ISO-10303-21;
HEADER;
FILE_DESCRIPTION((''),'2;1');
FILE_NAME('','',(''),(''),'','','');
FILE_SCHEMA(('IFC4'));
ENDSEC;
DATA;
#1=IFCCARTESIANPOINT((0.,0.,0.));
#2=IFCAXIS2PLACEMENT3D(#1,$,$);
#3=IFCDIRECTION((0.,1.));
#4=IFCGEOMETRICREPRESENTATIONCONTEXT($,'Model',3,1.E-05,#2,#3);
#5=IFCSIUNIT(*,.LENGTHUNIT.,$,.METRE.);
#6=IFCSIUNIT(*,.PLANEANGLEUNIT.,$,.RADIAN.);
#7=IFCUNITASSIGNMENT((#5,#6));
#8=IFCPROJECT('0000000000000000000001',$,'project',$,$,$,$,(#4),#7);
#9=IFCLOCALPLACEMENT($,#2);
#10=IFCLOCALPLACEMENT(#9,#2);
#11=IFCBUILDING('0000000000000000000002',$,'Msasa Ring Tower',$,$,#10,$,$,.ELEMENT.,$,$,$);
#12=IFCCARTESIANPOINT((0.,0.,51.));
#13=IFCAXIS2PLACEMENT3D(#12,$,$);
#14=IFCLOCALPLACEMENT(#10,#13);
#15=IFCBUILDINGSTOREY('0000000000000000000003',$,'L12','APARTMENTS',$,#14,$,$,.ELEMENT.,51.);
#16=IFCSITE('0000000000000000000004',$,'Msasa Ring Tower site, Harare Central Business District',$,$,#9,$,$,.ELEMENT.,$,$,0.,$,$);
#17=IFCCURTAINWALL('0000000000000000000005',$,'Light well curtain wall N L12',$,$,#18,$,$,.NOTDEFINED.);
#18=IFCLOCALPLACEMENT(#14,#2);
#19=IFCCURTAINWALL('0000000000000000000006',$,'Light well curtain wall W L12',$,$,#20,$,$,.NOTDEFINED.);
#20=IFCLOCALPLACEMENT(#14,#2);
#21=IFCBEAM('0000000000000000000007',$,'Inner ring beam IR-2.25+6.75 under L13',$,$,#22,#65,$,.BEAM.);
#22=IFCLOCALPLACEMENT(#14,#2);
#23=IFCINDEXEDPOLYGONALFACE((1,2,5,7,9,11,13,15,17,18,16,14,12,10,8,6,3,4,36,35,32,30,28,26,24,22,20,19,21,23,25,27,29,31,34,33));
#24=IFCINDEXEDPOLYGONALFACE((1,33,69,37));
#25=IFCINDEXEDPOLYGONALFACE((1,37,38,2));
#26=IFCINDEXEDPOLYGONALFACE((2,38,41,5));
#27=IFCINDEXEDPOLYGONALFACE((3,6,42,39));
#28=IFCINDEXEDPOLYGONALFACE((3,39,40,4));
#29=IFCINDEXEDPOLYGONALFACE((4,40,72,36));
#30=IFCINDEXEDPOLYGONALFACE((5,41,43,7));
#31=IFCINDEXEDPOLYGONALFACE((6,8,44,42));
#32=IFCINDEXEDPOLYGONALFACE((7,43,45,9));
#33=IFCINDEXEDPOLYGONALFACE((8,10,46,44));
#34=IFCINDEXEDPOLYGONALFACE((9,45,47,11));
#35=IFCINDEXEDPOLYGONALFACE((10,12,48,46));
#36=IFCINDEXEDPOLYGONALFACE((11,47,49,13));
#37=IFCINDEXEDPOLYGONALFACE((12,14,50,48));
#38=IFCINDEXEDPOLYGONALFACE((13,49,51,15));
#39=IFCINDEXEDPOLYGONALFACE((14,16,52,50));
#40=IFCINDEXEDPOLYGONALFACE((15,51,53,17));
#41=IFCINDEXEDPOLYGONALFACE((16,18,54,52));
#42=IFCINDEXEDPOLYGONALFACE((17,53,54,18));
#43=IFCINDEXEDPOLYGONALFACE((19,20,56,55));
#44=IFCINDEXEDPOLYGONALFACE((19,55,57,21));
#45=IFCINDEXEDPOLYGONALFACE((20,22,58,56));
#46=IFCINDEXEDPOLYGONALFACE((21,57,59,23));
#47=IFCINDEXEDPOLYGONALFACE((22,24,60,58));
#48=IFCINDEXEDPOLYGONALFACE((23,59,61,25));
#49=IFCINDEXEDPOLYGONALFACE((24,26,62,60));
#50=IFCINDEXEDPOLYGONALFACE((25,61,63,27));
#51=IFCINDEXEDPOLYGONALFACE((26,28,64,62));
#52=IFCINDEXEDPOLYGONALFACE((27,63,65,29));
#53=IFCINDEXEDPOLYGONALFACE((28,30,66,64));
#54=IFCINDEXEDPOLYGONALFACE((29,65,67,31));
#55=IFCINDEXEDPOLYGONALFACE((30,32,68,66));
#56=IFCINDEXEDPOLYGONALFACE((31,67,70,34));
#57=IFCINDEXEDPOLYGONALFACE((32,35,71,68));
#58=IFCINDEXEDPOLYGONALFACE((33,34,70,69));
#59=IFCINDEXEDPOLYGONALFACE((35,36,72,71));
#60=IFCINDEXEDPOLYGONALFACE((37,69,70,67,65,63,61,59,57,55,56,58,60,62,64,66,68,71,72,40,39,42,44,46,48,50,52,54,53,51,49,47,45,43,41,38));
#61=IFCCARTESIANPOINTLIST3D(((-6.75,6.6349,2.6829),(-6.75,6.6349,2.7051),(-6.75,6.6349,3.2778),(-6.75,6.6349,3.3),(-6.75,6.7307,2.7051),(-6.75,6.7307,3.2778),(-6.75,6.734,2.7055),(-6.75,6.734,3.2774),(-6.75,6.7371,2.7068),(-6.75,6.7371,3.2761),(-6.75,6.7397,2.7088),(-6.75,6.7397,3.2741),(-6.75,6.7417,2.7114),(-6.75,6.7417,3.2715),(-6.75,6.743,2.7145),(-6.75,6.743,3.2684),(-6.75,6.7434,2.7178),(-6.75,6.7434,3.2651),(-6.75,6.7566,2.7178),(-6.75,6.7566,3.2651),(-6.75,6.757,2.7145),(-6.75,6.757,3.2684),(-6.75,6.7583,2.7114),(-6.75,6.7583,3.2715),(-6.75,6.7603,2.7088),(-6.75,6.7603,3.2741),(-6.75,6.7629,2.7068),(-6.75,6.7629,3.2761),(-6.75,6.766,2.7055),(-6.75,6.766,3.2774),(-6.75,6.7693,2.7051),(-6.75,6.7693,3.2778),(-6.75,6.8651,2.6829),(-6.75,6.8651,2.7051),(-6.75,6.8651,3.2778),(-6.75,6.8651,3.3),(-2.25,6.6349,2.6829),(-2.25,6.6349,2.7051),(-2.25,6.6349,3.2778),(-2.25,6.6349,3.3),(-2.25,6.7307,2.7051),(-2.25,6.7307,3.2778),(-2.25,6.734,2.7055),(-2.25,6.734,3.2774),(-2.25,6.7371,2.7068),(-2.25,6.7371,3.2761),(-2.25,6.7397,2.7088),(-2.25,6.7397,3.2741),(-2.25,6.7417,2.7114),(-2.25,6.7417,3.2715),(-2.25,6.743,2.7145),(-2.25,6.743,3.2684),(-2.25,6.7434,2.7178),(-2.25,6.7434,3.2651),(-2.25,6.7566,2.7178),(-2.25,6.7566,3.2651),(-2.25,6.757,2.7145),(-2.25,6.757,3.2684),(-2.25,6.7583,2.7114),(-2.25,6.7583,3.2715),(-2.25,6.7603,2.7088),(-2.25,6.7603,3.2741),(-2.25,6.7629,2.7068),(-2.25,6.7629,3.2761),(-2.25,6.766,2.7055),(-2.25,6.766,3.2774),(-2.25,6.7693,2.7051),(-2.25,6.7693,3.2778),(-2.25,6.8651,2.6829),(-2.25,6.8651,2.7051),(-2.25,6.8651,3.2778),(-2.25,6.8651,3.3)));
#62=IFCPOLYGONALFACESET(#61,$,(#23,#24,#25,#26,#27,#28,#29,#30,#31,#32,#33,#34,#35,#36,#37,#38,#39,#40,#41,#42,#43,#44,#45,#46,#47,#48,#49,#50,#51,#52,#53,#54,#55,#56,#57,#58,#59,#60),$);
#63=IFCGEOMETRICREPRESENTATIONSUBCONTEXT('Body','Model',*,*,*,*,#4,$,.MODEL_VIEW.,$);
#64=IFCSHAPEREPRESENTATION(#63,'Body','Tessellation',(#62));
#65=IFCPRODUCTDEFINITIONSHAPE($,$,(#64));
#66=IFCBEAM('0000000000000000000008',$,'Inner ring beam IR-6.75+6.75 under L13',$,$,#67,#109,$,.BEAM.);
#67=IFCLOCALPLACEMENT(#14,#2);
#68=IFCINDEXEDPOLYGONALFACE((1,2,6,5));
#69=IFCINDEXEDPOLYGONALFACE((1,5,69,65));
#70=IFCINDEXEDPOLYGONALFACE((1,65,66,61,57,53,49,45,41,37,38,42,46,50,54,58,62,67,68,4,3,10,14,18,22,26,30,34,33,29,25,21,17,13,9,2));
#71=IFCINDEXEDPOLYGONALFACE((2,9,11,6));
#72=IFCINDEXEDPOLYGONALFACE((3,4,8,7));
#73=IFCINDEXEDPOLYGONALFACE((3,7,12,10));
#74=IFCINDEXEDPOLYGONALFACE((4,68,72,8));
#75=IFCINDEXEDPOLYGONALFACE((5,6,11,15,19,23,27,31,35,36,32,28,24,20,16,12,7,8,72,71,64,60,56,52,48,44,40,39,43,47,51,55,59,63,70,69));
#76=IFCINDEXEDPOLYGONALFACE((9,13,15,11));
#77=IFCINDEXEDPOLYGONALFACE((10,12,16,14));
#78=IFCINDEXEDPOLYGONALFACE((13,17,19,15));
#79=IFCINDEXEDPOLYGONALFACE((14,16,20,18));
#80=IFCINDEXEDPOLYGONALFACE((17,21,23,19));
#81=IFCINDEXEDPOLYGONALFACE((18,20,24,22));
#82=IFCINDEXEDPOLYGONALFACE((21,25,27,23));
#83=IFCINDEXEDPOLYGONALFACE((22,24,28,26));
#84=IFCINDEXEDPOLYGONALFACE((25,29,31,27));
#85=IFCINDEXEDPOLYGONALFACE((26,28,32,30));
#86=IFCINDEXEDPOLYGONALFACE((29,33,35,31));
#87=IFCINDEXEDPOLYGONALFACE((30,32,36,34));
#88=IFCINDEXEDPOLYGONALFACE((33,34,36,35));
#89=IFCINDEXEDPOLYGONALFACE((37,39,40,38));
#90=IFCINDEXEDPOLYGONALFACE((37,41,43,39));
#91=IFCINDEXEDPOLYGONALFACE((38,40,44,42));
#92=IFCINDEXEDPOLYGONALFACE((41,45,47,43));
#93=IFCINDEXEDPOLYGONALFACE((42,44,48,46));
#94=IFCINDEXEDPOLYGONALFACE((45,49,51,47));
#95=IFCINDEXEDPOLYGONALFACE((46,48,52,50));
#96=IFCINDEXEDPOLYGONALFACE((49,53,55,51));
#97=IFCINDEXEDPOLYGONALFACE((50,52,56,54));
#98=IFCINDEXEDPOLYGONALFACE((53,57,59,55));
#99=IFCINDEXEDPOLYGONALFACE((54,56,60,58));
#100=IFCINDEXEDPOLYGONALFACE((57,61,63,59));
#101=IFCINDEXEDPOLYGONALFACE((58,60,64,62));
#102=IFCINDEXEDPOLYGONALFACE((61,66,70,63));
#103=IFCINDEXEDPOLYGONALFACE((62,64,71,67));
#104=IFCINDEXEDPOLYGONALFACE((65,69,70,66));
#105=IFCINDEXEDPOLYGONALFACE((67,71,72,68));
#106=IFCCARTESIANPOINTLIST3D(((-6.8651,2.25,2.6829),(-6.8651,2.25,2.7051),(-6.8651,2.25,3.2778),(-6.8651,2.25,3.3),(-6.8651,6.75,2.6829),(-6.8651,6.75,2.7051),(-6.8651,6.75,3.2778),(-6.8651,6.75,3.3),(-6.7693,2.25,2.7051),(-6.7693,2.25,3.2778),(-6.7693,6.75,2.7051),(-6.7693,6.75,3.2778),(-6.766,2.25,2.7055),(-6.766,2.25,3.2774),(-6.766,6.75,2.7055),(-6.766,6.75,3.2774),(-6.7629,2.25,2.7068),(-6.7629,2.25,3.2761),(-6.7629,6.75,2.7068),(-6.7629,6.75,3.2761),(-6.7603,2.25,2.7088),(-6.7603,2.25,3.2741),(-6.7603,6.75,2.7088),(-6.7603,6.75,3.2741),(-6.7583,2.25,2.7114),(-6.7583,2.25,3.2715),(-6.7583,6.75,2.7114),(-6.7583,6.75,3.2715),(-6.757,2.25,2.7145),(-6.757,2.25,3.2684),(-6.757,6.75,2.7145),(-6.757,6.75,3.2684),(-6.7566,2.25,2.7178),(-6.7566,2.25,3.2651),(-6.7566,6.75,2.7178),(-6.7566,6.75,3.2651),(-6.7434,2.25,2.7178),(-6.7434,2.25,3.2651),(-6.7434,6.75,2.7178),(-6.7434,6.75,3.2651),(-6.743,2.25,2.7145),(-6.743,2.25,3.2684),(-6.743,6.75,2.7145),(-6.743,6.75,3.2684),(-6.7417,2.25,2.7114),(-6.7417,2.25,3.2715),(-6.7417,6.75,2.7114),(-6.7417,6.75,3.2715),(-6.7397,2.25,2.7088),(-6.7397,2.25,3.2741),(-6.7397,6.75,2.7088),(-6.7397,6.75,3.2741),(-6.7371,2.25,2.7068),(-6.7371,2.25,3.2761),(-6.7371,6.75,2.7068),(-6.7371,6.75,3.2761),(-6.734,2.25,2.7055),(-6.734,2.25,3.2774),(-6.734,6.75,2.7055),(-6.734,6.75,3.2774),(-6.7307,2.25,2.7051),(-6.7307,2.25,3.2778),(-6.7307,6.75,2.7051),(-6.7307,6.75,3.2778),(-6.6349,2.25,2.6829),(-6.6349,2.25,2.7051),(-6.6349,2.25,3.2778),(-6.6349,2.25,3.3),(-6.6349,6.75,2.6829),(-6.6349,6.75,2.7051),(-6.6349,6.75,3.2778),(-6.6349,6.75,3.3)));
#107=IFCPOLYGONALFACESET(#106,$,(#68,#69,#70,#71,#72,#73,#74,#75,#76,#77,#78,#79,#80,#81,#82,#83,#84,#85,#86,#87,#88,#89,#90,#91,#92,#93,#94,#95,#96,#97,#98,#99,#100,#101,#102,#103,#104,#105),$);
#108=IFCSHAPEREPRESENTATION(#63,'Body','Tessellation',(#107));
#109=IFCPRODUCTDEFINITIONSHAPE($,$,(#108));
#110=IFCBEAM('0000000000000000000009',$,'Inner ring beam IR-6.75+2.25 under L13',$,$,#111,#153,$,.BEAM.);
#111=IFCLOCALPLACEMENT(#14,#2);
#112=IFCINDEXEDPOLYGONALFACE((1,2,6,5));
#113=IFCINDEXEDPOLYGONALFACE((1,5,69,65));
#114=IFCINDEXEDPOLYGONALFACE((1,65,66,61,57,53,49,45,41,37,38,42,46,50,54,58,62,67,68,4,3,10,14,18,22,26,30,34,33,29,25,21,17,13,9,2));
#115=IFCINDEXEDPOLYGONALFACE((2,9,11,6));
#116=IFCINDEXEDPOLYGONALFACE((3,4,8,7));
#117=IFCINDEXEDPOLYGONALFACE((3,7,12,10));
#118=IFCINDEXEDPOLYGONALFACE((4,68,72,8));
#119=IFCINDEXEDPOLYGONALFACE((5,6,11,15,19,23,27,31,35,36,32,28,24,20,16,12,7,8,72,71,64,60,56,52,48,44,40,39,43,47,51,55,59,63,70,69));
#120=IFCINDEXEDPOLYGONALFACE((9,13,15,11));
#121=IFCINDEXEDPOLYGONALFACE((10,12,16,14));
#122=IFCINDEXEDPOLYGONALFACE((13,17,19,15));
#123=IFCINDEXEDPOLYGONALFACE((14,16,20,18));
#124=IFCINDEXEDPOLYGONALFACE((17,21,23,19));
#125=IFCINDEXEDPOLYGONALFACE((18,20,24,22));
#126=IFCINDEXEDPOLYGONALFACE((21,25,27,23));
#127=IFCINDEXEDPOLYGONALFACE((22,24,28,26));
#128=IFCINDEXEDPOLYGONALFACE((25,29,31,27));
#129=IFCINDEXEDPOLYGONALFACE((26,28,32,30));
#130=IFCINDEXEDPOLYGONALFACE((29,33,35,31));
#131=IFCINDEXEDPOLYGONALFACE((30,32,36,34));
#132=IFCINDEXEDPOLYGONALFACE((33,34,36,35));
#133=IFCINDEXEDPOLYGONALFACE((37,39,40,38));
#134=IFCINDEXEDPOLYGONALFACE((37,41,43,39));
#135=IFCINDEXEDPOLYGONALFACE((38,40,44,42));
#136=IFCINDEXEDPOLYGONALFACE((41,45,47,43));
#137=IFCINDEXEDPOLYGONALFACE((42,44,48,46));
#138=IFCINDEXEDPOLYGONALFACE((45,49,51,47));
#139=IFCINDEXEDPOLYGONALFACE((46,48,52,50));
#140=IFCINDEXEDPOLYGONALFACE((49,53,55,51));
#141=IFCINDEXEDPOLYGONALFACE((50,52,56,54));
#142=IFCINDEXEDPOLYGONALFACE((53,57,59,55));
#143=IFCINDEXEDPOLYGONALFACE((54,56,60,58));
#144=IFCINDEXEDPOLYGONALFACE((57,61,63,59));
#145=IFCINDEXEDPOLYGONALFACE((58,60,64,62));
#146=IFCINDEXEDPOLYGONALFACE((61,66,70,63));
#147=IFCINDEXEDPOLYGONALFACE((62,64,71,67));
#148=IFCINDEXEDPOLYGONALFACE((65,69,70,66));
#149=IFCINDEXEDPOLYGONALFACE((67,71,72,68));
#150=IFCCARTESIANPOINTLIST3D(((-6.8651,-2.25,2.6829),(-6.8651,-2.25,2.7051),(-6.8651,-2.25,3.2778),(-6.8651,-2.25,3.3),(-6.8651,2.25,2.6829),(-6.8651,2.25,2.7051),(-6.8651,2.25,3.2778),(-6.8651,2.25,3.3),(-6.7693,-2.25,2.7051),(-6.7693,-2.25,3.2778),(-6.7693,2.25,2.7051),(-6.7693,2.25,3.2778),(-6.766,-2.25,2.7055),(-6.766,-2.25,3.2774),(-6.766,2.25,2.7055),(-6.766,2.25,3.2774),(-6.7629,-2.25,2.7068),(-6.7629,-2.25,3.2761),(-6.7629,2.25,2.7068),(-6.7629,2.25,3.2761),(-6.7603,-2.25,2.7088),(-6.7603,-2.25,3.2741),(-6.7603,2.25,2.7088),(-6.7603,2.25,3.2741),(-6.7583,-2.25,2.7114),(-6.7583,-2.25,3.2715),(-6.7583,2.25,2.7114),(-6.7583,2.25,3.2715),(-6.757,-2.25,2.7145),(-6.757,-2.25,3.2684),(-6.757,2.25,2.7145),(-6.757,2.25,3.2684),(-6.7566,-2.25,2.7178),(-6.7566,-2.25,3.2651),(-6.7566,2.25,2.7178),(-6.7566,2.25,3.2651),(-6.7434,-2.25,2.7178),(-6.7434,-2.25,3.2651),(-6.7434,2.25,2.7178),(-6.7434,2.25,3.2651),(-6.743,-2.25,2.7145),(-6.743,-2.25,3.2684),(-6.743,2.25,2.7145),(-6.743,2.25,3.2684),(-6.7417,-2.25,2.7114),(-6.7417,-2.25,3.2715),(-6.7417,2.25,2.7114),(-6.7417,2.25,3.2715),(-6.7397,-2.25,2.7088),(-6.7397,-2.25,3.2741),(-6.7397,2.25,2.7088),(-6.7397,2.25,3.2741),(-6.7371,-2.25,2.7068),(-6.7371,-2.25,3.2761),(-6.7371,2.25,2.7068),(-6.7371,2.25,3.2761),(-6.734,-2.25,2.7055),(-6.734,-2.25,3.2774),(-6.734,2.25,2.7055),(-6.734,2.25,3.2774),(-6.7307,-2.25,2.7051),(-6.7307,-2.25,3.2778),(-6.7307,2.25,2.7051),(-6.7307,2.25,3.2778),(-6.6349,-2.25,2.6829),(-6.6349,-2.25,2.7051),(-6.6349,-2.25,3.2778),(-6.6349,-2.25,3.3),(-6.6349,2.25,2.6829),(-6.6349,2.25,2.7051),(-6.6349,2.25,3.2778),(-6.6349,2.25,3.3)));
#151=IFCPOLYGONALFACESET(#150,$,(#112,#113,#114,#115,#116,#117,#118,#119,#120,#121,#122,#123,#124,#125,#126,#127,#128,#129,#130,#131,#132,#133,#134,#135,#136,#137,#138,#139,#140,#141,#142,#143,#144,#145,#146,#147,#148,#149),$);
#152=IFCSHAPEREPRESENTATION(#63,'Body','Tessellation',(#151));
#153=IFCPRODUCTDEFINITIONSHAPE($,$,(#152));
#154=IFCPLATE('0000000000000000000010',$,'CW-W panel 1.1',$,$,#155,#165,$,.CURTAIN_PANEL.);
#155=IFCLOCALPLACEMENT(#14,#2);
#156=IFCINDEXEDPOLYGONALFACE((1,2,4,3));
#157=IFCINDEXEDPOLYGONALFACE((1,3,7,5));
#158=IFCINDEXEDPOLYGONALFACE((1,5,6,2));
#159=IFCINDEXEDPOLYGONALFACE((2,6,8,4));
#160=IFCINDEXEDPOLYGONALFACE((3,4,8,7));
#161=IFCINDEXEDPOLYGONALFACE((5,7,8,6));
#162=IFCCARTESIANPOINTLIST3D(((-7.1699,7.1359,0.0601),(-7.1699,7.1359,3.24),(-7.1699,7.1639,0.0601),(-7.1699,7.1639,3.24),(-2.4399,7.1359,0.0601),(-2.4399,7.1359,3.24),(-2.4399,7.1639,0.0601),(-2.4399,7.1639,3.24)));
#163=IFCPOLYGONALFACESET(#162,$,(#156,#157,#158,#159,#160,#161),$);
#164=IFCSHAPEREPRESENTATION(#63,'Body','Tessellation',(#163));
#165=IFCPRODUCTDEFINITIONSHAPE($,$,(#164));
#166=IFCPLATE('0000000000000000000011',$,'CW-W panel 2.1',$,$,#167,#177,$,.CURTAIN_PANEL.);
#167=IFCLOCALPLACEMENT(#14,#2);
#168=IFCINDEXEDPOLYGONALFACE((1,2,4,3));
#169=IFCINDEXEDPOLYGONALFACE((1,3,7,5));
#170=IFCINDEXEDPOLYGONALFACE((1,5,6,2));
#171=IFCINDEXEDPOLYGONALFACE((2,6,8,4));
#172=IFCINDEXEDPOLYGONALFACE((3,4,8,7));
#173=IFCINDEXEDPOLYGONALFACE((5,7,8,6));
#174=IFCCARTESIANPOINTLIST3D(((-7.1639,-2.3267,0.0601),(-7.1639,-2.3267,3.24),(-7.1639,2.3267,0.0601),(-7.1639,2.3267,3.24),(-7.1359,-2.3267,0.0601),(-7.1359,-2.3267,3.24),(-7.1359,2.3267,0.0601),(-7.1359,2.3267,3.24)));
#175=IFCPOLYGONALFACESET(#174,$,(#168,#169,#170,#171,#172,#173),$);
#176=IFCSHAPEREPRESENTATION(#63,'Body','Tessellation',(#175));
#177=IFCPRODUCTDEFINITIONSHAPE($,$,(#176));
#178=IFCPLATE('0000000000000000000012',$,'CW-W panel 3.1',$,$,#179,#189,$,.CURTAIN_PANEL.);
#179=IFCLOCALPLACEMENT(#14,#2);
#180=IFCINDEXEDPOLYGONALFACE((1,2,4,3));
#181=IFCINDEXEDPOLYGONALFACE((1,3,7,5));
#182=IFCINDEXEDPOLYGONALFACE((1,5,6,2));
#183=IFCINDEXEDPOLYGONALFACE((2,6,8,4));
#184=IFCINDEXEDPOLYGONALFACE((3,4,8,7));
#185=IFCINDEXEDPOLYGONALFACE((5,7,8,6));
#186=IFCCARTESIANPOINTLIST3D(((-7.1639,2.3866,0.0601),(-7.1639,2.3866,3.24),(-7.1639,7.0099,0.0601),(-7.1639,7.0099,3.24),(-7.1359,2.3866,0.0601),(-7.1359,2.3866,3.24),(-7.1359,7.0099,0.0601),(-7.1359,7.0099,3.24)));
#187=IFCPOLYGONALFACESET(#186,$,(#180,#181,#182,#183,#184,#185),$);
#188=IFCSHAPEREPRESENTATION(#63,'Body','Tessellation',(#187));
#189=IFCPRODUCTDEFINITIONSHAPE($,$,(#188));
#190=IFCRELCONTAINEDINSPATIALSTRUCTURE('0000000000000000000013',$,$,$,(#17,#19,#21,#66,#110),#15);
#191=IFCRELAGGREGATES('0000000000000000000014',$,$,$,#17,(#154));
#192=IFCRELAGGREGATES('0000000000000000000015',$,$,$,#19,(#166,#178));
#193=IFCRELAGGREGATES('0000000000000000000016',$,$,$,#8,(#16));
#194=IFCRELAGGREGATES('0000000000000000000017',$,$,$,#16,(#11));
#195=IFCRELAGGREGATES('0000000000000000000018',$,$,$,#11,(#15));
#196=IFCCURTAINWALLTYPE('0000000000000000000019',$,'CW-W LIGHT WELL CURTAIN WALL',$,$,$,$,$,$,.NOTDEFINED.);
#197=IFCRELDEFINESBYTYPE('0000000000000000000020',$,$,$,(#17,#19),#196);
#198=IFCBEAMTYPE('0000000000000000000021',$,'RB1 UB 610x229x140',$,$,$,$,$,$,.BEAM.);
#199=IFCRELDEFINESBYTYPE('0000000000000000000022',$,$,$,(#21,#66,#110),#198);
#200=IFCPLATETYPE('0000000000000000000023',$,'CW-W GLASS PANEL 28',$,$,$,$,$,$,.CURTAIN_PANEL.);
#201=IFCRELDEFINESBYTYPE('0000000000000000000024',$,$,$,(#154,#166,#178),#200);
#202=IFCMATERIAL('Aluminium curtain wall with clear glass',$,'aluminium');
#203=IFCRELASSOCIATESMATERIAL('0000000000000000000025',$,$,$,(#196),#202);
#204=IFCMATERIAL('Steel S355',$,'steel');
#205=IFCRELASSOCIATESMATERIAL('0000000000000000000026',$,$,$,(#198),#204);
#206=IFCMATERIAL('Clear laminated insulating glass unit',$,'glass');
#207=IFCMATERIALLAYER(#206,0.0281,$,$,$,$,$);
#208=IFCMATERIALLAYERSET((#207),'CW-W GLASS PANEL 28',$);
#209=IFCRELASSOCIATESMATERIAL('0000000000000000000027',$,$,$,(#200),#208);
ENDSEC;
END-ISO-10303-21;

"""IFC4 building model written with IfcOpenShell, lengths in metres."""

from ifc_helpers import new_model, si_unit, direction, frame, origin, origin_2d, place, context, subcontext, project, spatial, rectangle, i_section, extrude, material, layer, layer_set, material_profile, profile_set, type_object, element, aggregate, save


model = new_model("IFC4")

# Units and contexts
model_context = context("Model", 3, precision=1e-05, world=origin(), true_north=direction((0.0, 1.0)))
body_context = subcontext(model_context, "Body", "Model", "MODEL_VIEW")
ifc_project = project(units=[si_unit("LENGTHUNIT", "METRE"), si_unit("PLANEANGLEUNIT", "RADIAN")], contexts=[model_context])

# Site, building, storey
site_placement = place(None, origin())
site = spatial("IfcSite", under=ifc_project, at=site_placement, Name="Msasa Ring Tower site, Harare Central Business District", CompositionType="ELEMENT", RefElevation=0.0)
building_placement = place(site_placement, origin())
building = spatial("IfcBuilding", under=site, at=building_placement, Name="Msasa Ring Tower", CompositionType="ELEMENT")
storey_placement = place(building_placement, frame((0.0, 0.0, 51.0)))
storey = spatial("IfcBuildingStorey", under=building, at=storey_placement, Name="L12", Description="APARTMENTS", CompositionType="ELEMENT", Elevation=51.0)

# Curtain walls
ifc_material_1 = material(Name="Aluminium curtain wall with clear glass", Category="aluminium")
curtain_wall_type = type_object("IfcCurtainWallType", Name="CW-W LIGHT WELL CURTAIN WALL", PredefinedType="NOTDEFINED", material=ifc_material_1)
curtain_wall_1_placement = place(storey_placement, origin())
curtain_wall_1 = element("IfcCurtainWall", 1, at=curtain_wall_1_placement, inside=storey, type_object=curtain_wall_type, Name="Light well curtain wall N L12", PredefinedType="NOTDEFINED")
curtain_wall_2_placement = place(storey_placement, origin())
curtain_wall_2 = element("IfcCurtainWall", 2, at=curtain_wall_2_placement, inside=storey, type_object=curtain_wall_type, Name="Light well curtain wall W L12", PredefinedType="NOTDEFINED")

# Beams
ifc_material_2 = material(Name="Steel S355", Category="steel")
ifc_material_profile_1 = material_profile(ifc_material_2, i_section(OverallWidth=0.2302, OverallDepth=0.6172, WebThickness=0.0132, FlangeThickness=0.0222, FilletRadius=0.0127, at=origin_2d()), Name="UB 610x229x140")
ifc_profile_set_1 = profile_set([ifc_material_profile_1], Name="Steel S355")
beam_type = type_object("IfcBeamType", Name="RB1 UB 610x229x140", PredefinedType="BEAM", material=ifc_profile_set_1)
for number, where, z_axis, x_axis, name in (
    (3, (-2.25, 6.75, 2.9915), (-1.0, 0.0, 0.0), (0.0, -1.0, 0.0), "Inner ring beam IR-2.25+6.75 under L13"),
    (4, (-6.75, 6.75, 2.9915), (0.0, -1.0, 0.0), (1.0, 0.0, 0.0), "Inner ring beam IR-6.75+6.75 under L13"),
    (5, (-6.75, 2.25, 2.9915), (0.0, -1.0, 0.0), (1.0, 0.0, 0.0), "Inner ring beam IR-6.75+2.25 under L13"),
):
    element("IfcBeam", number, at=place(storey_placement, frame(where, z_axis=z_axis, x_axis=x_axis)), inside=storey, type_object=beam_type, Name=name, PredefinedType="BEAM", context=body_context, shape_type="SweptSolid", body=[
        extrude(i_section(OverallWidth=0.2302, OverallDepth=0.6172, WebThickness=0.0132, FlangeThickness=0.0222, FilletRadius=0.0127, at=origin_2d()), origin(), (0.0, 0.0, 1.0), 4.5),
    ])

# Plates
ifc_material_3 = material(Name="Clear laminated insulating glass unit", Category="glass")
ifc_layer_1 = layer(ifc_material_3, 0.0281)
ifc_layer_set_1 = layer_set([ifc_layer_1], Name="CW-W GLASS PANEL 28")
plate_type = type_object("IfcPlateType", Name="CW-W GLASS PANEL 28", PredefinedType="CURTAIN_PANEL", material=ifc_layer_set_1)
plate_1_placement = place(storey_placement, frame((-4.8049, 7.1499, 0.0601), z_axis=(0.0, 0.0, 1.0), x_axis=(1.0, 0.0, 0.0)))
plate_1 = element("IfcPlate", 6, at=plate_1_placement, type_object=plate_type, Name="CW-W panel 1.1", PredefinedType="CURTAIN_PANEL", context=body_context, shape_type="SweptSolid", body=[
    extrude(rectangle(XDim=4.73, YDim=0.0281, at=origin_2d()), origin(), (0.0, 0.0, 1.0), 3.1799),
])
aggregate(curtain_wall_1, [plate_1])
plate_2_placement = place(storey_placement, frame((-7.1499, 0.0, 0.0601), z_axis=(0.0, 0.0, 1.0), x_axis=(0.0, 1.0, 0.0)))
plate_2 = element("IfcPlate", 7, at=plate_2_placement, type_object=plate_type, Name="CW-W panel 2.1", PredefinedType="CURTAIN_PANEL", context=body_context, shape_type="SweptSolid", body=[
    extrude(rectangle(XDim=4.6533, YDim=0.0281, at=origin_2d()), origin(), (0.0, 0.0, 1.0), 3.1799),
])
plate_3_placement = place(storey_placement, frame((-7.1499, 4.6982, 0.0601), z_axis=(0.0, 0.0, 1.0), x_axis=(0.0, 1.0, 0.0)))
plate_3 = element("IfcPlate", 8, at=plate_3_placement, type_object=plate_type, Name="CW-W panel 3.1", PredefinedType="CURTAIN_PANEL", context=body_context, shape_type="SweptSolid", body=[
    extrude(rectangle(XDim=4.6233, YDim=0.0281, at=origin_2d()), origin(), (0.0, 0.0, 1.0), 3.1799),
])
aggregate(curtain_wall_2, [plate_2, plate_3])

save(model, "model.ifc")
